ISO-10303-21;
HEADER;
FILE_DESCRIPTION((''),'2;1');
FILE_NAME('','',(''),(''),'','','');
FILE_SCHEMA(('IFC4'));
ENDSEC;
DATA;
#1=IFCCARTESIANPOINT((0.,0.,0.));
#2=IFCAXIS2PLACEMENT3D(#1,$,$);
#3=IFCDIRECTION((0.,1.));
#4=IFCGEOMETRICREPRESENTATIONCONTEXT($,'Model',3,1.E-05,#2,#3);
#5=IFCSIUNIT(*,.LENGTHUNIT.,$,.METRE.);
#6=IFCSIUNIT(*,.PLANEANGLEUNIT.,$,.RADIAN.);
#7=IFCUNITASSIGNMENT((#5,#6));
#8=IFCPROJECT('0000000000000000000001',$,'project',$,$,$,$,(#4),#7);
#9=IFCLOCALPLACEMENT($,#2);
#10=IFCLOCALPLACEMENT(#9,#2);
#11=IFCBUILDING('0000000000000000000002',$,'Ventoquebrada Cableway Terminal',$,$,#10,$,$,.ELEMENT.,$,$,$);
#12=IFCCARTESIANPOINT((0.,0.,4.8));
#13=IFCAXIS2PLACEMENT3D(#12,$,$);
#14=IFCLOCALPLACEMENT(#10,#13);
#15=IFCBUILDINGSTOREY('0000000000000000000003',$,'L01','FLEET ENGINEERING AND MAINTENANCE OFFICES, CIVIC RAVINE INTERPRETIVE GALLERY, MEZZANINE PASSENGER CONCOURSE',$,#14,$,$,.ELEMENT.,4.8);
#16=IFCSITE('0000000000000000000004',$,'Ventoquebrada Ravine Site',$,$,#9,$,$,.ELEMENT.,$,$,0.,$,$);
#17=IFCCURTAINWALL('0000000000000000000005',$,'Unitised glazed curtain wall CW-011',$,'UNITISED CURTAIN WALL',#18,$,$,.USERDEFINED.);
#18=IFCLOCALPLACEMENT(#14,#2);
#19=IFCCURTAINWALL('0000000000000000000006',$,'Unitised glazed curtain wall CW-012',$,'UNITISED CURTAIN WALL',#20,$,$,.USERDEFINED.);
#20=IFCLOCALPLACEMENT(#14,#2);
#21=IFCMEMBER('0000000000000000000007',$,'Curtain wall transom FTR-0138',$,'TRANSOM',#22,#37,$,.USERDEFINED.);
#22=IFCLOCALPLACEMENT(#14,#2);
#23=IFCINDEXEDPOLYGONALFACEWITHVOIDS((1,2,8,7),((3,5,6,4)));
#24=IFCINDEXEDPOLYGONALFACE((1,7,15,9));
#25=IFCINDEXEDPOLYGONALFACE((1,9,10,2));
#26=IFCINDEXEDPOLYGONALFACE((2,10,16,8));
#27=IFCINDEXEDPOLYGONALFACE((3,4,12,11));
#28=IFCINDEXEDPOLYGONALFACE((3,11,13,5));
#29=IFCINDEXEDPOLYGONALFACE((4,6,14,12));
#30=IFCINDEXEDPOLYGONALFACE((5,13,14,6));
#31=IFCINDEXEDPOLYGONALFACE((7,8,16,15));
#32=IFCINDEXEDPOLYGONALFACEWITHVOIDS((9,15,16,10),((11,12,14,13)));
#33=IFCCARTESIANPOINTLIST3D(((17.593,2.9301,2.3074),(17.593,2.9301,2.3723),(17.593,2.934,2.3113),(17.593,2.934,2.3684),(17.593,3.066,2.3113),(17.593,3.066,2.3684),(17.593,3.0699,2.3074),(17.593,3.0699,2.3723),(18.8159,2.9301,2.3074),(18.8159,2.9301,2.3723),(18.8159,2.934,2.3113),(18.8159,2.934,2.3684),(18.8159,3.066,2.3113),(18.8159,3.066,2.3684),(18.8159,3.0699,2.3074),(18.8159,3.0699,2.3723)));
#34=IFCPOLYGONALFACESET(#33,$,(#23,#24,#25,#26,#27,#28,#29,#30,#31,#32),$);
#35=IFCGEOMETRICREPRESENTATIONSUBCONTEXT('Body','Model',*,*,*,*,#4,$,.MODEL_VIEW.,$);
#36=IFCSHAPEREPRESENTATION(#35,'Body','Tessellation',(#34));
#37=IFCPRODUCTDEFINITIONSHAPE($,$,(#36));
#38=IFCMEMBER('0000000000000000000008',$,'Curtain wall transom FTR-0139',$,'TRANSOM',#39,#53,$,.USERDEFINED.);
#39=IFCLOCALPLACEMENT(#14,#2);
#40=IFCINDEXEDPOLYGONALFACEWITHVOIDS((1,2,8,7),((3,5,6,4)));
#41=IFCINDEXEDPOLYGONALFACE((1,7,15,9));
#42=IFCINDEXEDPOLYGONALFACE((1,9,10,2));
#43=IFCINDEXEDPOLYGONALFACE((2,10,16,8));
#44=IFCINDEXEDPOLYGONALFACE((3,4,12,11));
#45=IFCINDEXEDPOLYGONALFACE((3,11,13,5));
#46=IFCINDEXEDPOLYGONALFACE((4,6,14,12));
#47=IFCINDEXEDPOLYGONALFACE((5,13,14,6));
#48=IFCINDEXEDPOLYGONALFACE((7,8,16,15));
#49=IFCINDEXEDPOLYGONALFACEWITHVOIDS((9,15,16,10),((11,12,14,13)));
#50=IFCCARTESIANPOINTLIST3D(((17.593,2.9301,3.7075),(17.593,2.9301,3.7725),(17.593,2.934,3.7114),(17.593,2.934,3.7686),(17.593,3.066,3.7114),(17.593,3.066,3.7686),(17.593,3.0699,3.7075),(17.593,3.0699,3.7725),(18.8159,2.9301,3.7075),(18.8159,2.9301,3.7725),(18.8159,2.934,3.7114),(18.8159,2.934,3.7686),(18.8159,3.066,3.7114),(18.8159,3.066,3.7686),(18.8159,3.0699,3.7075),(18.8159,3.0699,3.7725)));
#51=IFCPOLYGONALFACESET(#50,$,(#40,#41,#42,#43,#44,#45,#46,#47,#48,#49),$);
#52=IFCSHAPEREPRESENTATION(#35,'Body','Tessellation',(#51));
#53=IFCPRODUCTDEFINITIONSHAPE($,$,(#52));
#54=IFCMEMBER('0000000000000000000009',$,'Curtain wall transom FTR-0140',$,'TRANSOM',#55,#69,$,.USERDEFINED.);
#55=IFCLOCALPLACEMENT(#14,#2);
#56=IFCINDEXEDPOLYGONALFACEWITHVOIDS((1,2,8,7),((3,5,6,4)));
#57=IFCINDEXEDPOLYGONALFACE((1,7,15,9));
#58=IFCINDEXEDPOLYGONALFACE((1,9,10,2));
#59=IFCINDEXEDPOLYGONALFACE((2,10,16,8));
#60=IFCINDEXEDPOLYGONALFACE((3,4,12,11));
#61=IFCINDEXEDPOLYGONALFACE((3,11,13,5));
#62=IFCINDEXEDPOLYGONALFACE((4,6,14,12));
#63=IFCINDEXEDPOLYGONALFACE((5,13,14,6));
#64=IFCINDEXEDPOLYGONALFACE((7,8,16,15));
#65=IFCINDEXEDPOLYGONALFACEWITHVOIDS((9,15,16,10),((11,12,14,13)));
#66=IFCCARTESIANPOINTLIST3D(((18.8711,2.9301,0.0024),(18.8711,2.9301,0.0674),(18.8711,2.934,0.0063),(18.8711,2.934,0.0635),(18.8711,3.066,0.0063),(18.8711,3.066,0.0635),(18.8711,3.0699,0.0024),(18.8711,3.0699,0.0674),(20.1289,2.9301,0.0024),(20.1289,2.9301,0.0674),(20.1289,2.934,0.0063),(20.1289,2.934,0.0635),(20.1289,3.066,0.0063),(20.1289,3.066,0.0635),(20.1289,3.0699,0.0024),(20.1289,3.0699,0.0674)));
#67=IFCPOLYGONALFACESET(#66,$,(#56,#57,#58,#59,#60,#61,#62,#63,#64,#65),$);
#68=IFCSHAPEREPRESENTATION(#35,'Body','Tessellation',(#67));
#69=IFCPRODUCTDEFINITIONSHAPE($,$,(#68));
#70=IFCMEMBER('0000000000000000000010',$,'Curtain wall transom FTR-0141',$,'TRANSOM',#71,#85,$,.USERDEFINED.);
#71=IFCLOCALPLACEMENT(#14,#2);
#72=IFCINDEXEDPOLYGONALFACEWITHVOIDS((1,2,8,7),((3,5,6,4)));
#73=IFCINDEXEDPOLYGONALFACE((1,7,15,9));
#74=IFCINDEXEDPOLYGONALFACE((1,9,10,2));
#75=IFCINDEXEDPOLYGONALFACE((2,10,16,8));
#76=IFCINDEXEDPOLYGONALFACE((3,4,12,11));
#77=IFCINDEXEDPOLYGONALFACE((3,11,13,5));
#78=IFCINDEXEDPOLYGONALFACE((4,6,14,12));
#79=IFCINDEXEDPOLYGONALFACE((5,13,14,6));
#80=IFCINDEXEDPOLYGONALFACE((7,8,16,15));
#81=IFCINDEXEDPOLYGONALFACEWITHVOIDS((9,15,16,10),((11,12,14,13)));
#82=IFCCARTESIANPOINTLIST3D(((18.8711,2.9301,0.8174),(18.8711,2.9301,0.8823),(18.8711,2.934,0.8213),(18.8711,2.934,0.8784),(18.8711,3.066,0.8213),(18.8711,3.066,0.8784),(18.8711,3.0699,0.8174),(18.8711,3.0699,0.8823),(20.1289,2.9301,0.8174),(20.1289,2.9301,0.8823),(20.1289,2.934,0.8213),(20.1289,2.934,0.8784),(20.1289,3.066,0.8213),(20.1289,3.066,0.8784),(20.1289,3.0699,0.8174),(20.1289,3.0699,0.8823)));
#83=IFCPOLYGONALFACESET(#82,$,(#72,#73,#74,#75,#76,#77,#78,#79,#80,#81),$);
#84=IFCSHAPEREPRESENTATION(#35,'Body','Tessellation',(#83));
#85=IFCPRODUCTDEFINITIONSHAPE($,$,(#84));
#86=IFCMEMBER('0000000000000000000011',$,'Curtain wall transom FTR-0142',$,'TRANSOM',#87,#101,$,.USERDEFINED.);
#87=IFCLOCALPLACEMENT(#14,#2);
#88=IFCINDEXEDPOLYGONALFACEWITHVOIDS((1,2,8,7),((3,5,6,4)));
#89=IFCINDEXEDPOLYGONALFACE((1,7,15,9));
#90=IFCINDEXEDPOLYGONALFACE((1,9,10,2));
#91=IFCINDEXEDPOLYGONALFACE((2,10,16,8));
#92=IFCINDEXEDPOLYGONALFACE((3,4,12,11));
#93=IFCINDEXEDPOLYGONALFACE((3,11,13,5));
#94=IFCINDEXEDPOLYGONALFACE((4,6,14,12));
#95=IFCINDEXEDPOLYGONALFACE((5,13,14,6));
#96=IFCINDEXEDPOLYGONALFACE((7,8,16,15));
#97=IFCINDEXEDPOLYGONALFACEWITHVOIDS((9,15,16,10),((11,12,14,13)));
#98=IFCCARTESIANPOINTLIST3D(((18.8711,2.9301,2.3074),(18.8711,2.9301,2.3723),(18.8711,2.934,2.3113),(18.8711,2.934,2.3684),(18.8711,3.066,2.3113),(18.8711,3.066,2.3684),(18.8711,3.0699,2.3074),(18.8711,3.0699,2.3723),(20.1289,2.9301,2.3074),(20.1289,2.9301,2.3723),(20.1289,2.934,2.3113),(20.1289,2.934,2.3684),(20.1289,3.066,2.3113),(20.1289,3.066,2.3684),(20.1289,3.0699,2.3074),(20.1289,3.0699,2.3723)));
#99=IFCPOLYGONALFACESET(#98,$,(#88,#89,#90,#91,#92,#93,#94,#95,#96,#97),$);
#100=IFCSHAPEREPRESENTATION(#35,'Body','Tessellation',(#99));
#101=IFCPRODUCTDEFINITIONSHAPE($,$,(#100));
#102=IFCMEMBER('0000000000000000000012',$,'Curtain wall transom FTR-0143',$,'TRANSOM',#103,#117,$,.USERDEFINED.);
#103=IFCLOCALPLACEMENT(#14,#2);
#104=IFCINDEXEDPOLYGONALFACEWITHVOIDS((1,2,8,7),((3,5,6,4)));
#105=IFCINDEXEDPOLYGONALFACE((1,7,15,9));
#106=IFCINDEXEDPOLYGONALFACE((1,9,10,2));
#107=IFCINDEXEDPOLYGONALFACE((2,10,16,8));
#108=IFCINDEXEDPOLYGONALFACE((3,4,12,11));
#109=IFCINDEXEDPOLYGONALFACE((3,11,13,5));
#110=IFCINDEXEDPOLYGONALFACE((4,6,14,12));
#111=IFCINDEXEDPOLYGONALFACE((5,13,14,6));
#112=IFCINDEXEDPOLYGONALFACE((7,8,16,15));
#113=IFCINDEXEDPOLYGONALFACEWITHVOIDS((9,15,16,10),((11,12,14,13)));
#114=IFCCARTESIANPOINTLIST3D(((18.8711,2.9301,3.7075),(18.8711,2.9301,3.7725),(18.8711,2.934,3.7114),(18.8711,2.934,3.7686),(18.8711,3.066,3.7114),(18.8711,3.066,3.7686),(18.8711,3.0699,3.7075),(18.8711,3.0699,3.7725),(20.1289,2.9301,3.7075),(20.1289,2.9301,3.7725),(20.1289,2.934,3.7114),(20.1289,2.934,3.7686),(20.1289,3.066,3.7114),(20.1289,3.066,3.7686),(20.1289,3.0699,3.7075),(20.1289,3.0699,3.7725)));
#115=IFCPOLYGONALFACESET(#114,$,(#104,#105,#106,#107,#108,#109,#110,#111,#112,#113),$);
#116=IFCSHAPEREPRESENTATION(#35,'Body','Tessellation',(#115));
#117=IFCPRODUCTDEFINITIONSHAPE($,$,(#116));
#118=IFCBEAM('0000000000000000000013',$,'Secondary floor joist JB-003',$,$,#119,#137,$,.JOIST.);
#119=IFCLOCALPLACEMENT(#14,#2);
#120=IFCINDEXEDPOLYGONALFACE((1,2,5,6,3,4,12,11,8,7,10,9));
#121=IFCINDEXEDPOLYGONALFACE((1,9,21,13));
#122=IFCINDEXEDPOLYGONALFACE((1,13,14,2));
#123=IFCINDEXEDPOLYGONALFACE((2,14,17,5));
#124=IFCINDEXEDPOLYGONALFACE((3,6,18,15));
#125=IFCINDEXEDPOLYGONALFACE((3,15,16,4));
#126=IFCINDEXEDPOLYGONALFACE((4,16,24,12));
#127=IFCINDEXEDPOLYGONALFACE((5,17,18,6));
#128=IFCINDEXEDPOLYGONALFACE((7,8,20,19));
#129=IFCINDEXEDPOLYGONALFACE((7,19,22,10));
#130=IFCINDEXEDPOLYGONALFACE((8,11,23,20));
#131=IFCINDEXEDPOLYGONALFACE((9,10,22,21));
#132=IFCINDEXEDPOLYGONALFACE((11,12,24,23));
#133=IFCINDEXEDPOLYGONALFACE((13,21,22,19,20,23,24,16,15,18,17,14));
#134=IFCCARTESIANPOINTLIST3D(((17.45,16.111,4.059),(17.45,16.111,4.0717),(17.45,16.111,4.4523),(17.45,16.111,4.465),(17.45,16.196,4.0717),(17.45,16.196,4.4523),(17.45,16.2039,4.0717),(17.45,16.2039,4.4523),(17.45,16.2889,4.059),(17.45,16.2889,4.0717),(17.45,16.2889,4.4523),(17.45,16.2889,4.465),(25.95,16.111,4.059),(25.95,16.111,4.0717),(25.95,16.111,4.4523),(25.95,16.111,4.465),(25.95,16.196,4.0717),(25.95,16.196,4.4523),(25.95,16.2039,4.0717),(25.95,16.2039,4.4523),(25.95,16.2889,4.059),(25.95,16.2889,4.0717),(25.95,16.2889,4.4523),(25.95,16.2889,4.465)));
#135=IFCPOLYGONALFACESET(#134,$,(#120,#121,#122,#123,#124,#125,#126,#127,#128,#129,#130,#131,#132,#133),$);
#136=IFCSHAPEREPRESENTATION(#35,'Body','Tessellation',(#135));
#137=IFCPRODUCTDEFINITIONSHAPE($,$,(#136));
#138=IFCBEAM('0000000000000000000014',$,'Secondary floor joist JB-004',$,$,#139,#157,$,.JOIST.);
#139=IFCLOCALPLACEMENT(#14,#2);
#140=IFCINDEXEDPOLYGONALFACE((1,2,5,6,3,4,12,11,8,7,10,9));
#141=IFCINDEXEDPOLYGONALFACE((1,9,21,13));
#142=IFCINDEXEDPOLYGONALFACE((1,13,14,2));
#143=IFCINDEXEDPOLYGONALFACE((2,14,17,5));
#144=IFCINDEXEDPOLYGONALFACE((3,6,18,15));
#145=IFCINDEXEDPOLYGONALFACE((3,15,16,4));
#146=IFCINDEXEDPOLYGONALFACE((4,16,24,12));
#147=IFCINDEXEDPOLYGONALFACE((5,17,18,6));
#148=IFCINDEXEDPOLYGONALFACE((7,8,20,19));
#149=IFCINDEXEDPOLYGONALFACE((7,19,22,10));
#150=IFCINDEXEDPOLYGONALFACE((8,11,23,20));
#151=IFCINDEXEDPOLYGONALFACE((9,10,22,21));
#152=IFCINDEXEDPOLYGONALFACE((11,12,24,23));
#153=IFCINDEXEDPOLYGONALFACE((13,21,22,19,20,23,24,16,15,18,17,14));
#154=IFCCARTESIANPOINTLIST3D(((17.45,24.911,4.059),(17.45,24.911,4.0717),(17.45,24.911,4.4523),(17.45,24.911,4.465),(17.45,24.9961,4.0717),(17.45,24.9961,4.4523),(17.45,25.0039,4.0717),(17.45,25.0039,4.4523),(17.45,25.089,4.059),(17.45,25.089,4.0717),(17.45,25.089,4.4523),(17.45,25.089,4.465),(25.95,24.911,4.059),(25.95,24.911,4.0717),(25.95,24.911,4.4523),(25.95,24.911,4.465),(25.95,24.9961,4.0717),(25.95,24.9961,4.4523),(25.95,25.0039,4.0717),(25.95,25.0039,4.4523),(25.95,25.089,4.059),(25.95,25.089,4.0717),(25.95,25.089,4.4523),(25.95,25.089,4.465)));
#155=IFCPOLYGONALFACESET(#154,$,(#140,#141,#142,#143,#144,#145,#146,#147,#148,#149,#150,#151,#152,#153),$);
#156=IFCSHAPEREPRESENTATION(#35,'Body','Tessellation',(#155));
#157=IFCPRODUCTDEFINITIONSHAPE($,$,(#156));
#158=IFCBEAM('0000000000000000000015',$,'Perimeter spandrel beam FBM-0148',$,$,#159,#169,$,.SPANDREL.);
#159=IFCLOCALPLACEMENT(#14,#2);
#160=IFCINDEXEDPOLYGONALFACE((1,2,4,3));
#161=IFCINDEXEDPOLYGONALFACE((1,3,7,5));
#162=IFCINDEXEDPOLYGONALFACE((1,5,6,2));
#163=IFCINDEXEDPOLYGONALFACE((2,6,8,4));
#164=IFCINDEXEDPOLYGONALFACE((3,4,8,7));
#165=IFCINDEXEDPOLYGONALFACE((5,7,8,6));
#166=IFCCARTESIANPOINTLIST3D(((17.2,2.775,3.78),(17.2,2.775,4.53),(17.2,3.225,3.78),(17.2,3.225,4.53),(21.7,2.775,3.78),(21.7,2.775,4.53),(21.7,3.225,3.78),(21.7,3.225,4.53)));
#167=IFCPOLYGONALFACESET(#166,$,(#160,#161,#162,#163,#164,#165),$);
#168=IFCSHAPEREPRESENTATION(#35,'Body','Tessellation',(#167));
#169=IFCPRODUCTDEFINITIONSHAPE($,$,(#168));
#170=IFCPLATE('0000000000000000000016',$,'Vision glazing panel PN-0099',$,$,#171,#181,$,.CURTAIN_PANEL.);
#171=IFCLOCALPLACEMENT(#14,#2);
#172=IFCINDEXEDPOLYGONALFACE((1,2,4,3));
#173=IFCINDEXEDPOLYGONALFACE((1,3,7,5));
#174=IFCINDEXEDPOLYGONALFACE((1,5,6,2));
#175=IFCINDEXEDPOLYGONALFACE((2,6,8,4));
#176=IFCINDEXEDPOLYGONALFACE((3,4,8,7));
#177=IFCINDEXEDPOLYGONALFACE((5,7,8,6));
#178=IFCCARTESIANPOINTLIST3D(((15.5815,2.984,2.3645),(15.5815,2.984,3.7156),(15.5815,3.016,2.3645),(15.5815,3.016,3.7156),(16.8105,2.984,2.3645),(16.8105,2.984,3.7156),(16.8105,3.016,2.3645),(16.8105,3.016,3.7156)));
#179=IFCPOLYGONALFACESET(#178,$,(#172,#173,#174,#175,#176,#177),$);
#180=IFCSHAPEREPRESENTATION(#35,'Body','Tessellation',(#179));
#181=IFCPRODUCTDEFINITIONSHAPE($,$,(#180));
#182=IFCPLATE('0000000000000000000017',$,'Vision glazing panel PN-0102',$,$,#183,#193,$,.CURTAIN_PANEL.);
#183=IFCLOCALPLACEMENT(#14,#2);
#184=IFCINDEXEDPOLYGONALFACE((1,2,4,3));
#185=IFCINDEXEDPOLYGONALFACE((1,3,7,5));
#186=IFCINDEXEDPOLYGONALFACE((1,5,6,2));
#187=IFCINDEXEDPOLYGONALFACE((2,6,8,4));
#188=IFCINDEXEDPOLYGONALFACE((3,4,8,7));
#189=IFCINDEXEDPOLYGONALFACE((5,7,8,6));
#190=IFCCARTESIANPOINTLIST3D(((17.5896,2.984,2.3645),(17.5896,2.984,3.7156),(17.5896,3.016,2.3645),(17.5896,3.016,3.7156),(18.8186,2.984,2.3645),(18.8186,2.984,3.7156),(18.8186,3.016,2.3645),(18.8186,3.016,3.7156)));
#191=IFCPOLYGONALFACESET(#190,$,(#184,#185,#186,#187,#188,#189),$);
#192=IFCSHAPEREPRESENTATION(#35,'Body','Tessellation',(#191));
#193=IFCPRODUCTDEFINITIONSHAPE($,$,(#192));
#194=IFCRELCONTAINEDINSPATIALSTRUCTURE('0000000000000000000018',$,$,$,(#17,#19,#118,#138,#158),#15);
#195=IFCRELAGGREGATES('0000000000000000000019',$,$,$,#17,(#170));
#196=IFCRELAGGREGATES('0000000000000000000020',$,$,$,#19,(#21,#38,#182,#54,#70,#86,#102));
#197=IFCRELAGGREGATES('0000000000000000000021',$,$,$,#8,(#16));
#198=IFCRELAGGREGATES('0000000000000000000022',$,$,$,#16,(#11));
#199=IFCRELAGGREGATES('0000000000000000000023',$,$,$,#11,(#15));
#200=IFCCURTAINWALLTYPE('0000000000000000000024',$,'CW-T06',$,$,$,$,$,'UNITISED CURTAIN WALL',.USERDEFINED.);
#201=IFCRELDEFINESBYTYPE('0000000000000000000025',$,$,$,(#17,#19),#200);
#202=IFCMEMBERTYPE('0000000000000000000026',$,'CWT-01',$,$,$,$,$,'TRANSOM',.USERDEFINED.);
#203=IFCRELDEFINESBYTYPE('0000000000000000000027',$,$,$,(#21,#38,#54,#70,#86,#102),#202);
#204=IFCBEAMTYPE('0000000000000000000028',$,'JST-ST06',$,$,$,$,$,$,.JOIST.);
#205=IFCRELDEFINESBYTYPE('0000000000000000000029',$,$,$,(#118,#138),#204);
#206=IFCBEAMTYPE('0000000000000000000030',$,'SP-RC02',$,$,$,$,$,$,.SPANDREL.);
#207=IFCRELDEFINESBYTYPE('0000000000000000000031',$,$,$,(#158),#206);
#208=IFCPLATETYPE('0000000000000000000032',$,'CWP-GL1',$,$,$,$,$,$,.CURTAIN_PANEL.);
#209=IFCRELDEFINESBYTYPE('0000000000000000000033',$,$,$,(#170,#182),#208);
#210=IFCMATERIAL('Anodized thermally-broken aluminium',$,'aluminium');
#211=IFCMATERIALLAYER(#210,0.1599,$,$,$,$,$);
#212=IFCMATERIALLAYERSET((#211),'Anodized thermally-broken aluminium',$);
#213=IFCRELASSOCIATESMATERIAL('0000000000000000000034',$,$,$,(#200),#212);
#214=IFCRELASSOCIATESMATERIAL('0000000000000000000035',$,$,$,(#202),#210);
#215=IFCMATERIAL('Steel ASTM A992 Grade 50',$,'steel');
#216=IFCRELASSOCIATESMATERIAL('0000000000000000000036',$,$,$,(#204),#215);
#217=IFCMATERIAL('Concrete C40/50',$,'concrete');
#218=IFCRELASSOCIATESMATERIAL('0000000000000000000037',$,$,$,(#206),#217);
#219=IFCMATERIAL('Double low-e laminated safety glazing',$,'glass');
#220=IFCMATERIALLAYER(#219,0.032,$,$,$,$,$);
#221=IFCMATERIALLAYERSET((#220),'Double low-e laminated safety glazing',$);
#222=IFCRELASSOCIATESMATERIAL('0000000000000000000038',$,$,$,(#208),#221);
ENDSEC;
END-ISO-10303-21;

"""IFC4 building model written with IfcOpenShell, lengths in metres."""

from ifc_helpers import new_model, si_unit, direction, frame, origin, origin_2d, place, context, subcontext, project, spatial, rectangle, hollow_rectangle, i_section, extrude, material, layer, layer_set, material_profile, profile_set, type_object, element, aggregate, save


model = new_model("IFC4")

# Units and contexts
model_context = context("Model", 3, precision=1e-05, world=origin(), true_north=direction((0.0, 1.0)))
body_context = subcontext(model_context, "Body", "Model", "MODEL_VIEW")
ifc_project = project(units=[si_unit("LENGTHUNIT", "METRE"), si_unit("PLANEANGLEUNIT", "RADIAN")], contexts=[model_context])

# Site, building, storey
site_placement = place(None, origin())
site = spatial("IfcSite", under=ifc_project, at=site_placement, Name="Ventoquebrada Ravine Site", CompositionType="ELEMENT", RefElevation=0.0)
building_placement = place(site_placement, origin())
building = spatial("IfcBuilding", under=site, at=building_placement, Name="Ventoquebrada Cableway Terminal", CompositionType="ELEMENT")
storey_placement = place(building_placement, frame((0.0, 0.0, 4.8)))
storey = spatial("IfcBuildingStorey", under=building, at=storey_placement, Name="L01", Description="FLEET ENGINEERING AND MAINTENANCE OFFICES, CIVIC RAVINE INTERPRETIVE GALLERY, MEZZANINE PASSENGER CONCOURSE", CompositionType="ELEMENT", Elevation=4.8)

# Shared definitions
ifc_material_1 = material(Name="Concrete C40/50", Category="concrete")

# Curtain wall
ifc_material_2 = material(Name="Anodized thermally-broken aluminium", Category="aluminium")
ifc_layer_1 = layer(ifc_material_2, 0.1599)
ifc_layer_set_1 = layer_set([ifc_layer_1], Name="Anodized thermally-broken aluminium")
curtain_wall_type = type_object("IfcCurtainWallType", Name="CW-T06", ElementType="UNITISED CURTAIN WALL", PredefinedType="USERDEFINED", material=ifc_layer_set_1)
curtain_wall_1_placement = place(storey_placement, origin())
curtain_wall_1 = element("IfcCurtainWall", 1, at=curtain_wall_1_placement, inside=storey, type_object=curtain_wall_type, Name="Unitised glazed curtain wall CW-011", ObjectType="UNITISED CURTAIN WALL", PredefinedType="USERDEFINED")

# Curtain wall, members
curtain_wall_2_placement = place(storey_placement, origin())
curtain_wall_2 = element("IfcCurtainWall", 2, at=curtain_wall_2_placement, inside=storey, type_object=curtain_wall_type, Name="Unitised glazed curtain wall CW-012", ObjectType="UNITISED CURTAIN WALL", PredefinedType="USERDEFINED")
ifc_material_profile_1 = material_profile(ifc_material_2, hollow_rectangle(XDim=0.0649, YDim=0.1399, WallThickness=0.0039, at=origin_2d()), Name="CW-TRN-65X140")
ifc_profile_set_1 = profile_set([ifc_material_profile_1], Name="Anodized thermally-broken aluminium")
member_type_1 = type_object("IfcMemberType", Name="CWT-01", ElementType="TRANSOM", PredefinedType="USERDEFINED", material=ifc_profile_set_1)
member_1_placement = place(storey_placement, frame((17.593, 3.0, 2.3398), z_axis=(1.0, 0.0, 0.0), x_axis=(0.0, 0.0, 1.0)))
member_1 = element("IfcMember", 3, at=member_1_placement, type_object=member_type_1, Name="Curtain wall transom FTR-0138", ObjectType="TRANSOM", PredefinedType="USERDEFINED", context=body_context, shape_type="SweptSolid", body=[
    extrude(hollow_rectangle(XDim=0.0649, YDim=0.1399, WallThickness=0.0039, at=origin_2d()), origin(), (0.0, 0.0, 1.0), 1.2229),
])
member_2_placement = place(storey_placement, frame((17.593, 3.0, 3.74), z_axis=(1.0, 0.0, 0.0), x_axis=(0.0, 0.0, 1.0)))
member_2 = element("IfcMember", 4, at=member_2_placement, type_object=member_type_1, Name="Curtain wall transom FTR-0139", ObjectType="TRANSOM", PredefinedType="USERDEFINED", context=body_context, shape_type="SweptSolid", body=[
    extrude(hollow_rectangle(XDim=0.0649, YDim=0.1399, WallThickness=0.0039, at=origin_2d()), origin(), (0.0, 0.0, 1.0), 1.2229),
])
member_3_placement = place(storey_placement, frame((18.8711, 3.0, 0.0349), z_axis=(1.0, 0.0, 0.0), x_axis=(0.0, 0.0, 1.0)))
member_3 = element("IfcMember", 5, at=member_3_placement, type_object=member_type_1, Name="Curtain wall transom FTR-0140", ObjectType="TRANSOM", PredefinedType="USERDEFINED", context=body_context, shape_type="SweptSolid", body=[
    extrude(hollow_rectangle(XDim=0.0649, YDim=0.1399, WallThickness=0.0039, at=origin_2d()), origin(), (0.0, 0.0, 1.0), 1.2578),
])
member_4_placement = place(storey_placement, frame((18.8711, 3.0, 0.8499), z_axis=(1.0, 0.0, 0.0), x_axis=(0.0, 0.0, 1.0)))
member_4 = element("IfcMember", 6, at=member_4_placement, type_object=member_type_1, Name="Curtain wall transom FTR-0141", ObjectType="TRANSOM", PredefinedType="USERDEFINED", context=body_context, shape_type="SweptSolid", body=[
    extrude(hollow_rectangle(XDim=0.0649, YDim=0.1399, WallThickness=0.0039, at=origin_2d()), origin(), (0.0, 0.0, 1.0), 1.2578),
])
member_5_placement = place(storey_placement, frame((18.8711, 3.0, 2.3398), z_axis=(1.0, 0.0, 0.0), x_axis=(0.0, 0.0, 1.0)))
member_5 = element("IfcMember", 7, at=member_5_placement, type_object=member_type_1, Name="Curtain wall transom FTR-0142", ObjectType="TRANSOM", PredefinedType="USERDEFINED", context=body_context, shape_type="SweptSolid", body=[
    extrude(hollow_rectangle(XDim=0.0649, YDim=0.1399, WallThickness=0.0039, at=origin_2d()), origin(), (0.0, 0.0, 1.0), 1.2578),
])
member_6_placement = place(storey_placement, frame((18.8711, 3.0, 3.74), z_axis=(1.0, 0.0, 0.0), x_axis=(0.0, 0.0, 1.0)))
member_6 = element("IfcMember", 8, at=member_6_placement, type_object=member_type_1, Name="Curtain wall transom FTR-0143", ObjectType="TRANSOM", PredefinedType="USERDEFINED", context=body_context, shape_type="SweptSolid", body=[
    extrude(hollow_rectangle(XDim=0.0649, YDim=0.1399, WallThickness=0.0039, at=origin_2d()), origin(), (0.0, 0.0, 1.0), 1.2578),
])

# Beams
ifc_material_3 = material(Name="Steel ASTM A992 Grade 50", Category="steel")
ifc_material_profile_2 = material_profile(ifc_material_3, i_section(OverallWidth=0.178, OverallDepth=0.406, WebThickness=0.0078, FlangeThickness=0.0127, at=origin_2d()), Name="W16X40")
ifc_profile_set_2 = profile_set([ifc_material_profile_2], Name="Steel ASTM A992 Grade 50")
beam_type_1 = type_object("IfcBeamType", Name="JST-ST06", PredefinedType="JOIST", material=ifc_profile_set_2)
for number, where, z_axis, x_axis, name in (
    (9, (17.45, 16.2, 4.262), (1.0, 0.0, 0.0), (0.0, 1.0, 0.0), "Secondary floor joist JB-003"),
    (10, (17.45, 25.0, 4.262), (1.0, 0.0, 0.0), (0.0, 1.0, 0.0), "Secondary floor joist JB-004"),
):
    element("IfcBeam", number, at=place(storey_placement, frame(where, z_axis=z_axis, x_axis=x_axis)), inside=storey, type_object=beam_type_1, Name=name, PredefinedType="JOIST", context=body_context, shape_type="SweptSolid", body=[
        extrude(i_section(OverallWidth=0.178, OverallDepth=0.406, WebThickness=0.0078, FlangeThickness=0.0127, at=origin_2d()), origin(), (0.0, 0.0, 1.0), 8.5),
    ])
ifc_material_profile_3 = material_profile(ifc_material_1, rectangle(XDim=0.45, YDim=0.75, at=origin_2d()), Name="RC-BM-450X750")
ifc_profile_set_3 = profile_set([ifc_material_profile_3], Name="Concrete C40/50")
beam_type_2 = type_object("IfcBeamType", Name="SP-RC02", PredefinedType="SPANDREL", material=ifc_profile_set_3)
beam_1_placement = place(storey_placement, frame((17.2, 3.0, 4.155), z_axis=(1.0, 0.0, 0.0), x_axis=(0.0, 1.0, 0.0)))
element("IfcBeam", 11, at=beam_1_placement, inside=storey, type_object=beam_type_2, Name="Perimeter spandrel beam FBM-0148", PredefinedType="SPANDREL", context=body_context, shape_type="SweptSolid", body=[
    extrude(rectangle(XDim=0.45, YDim=0.75, at=origin_2d()), origin(), (0.0, 0.0, 1.0), 4.5),
])

# Plates
ifc_material_4 = material(Name="Double low-e laminated safety glazing", Category="glass")
ifc_layer_2 = layer(ifc_material_4, 0.032)
ifc_layer_set_2 = layer_set([ifc_layer_2], Name="Double low-e laminated safety glazing")
plate_type_1 = type_object("IfcPlateType", Name="CWP-GL1", PredefinedType="CURTAIN_PANEL", material=ifc_layer_set_2)
plate_1_placement = place(storey_placement, frame((16.196, 3.0, 2.3645), z_axis=(0.0, 0.0, 1.0), x_axis=(1.0, 0.0, 0.0)))
plate_1 = element("IfcPlate", 12, at=plate_1_placement, type_object=plate_type_1, Name="Vision glazing panel PN-0099", PredefinedType="CURTAIN_PANEL", context=body_context, shape_type="SweptSolid", body=[
    extrude(rectangle(XDim=1.229, YDim=0.032, at=origin_2d()), origin(), (0.0, 0.0, 1.0), 1.3511),
])
aggregate(curtain_wall_1, [plate_1])
plate_2_placement = place(storey_placement, frame((18.2041, 3.0, 2.3645), z_axis=(0.0, 0.0, 1.0), x_axis=(1.0, 0.0, 0.0)))
plate_2 = element("IfcPlate", 13, at=plate_2_placement, type_object=plate_type_1, Name="Vision glazing panel PN-0102", PredefinedType="CURTAIN_PANEL", context=body_context, shape_type="SweptSolid", body=[
    extrude(rectangle(XDim=1.229, YDim=0.032, at=origin_2d()), origin(), (0.0, 0.0, 1.0), 1.3511),
])
aggregate(curtain_wall_2, [member_1, member_2, plate_2, member_3, member_4, member_5, member_6])

save(model, "model.ifc")
